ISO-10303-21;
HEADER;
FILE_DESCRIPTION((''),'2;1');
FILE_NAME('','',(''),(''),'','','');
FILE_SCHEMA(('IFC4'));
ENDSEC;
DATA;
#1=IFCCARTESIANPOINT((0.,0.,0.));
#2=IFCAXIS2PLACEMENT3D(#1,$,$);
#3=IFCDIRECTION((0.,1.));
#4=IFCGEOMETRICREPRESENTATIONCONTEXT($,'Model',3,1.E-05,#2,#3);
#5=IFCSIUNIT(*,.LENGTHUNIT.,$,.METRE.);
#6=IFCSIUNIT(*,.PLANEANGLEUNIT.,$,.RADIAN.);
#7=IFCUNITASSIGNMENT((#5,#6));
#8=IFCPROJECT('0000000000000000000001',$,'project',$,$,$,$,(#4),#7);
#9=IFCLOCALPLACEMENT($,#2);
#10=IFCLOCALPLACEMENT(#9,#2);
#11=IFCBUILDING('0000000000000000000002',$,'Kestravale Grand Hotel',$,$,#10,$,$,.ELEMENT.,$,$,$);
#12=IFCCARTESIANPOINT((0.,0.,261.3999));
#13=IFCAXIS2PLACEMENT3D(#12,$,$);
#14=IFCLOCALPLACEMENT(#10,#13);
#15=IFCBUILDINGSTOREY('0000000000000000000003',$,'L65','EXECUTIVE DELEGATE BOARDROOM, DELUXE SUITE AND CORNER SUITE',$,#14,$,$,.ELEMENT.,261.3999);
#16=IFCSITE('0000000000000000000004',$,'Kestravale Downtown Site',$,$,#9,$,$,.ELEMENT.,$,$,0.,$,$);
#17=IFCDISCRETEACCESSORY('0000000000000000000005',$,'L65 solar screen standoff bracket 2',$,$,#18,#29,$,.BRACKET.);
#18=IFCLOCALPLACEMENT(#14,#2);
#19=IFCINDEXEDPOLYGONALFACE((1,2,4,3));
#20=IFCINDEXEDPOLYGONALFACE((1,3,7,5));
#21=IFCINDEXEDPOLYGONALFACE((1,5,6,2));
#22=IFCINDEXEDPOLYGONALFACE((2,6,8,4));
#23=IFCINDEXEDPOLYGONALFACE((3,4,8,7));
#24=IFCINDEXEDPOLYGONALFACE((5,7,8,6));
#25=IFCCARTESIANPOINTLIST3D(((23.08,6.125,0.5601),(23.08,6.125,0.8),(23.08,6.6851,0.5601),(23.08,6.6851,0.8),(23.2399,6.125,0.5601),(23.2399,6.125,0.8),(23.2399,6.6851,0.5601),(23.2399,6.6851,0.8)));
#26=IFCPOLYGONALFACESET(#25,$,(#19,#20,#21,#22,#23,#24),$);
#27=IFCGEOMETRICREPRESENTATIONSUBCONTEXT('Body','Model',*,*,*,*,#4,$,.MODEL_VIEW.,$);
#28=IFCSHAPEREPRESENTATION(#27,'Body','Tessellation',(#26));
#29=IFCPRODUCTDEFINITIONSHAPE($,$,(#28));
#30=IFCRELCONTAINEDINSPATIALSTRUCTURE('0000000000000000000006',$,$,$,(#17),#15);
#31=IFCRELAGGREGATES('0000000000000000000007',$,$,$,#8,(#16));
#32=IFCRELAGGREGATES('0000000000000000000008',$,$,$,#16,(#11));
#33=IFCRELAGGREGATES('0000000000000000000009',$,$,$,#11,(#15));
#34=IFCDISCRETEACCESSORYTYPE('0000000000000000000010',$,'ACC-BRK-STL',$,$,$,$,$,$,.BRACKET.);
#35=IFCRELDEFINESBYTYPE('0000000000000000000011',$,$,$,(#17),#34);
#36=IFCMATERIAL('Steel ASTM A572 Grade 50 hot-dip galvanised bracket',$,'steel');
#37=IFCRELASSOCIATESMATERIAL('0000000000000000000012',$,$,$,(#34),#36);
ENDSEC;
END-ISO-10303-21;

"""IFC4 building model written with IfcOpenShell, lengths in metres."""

from ifc_helpers import new_model, si_unit, direction, frame, origin, origin_2d, place, context, subcontext, project, spatial, rectangle, extrude, material, type_object, element, save


model = new_model("IFC4")

# Units and contexts
model_context = context("Model", 3, precision=1e-05, world=origin(), true_north=direction((0.0, 1.0)))
body_context = subcontext(model_context, "Body", "Model", "MODEL_VIEW")
ifc_project = project(units=[si_unit("LENGTHUNIT", "METRE"), si_unit("PLANEANGLEUNIT", "RADIAN")], contexts=[model_context])

# Site, building, storey
site_placement = place(None, origin())
site = spatial("IfcSite", under=ifc_project, at=site_placement, Name="Kestravale Downtown Site", CompositionType="ELEMENT", RefElevation=0.0)
building_placement = place(site_placement, origin())
building = spatial("IfcBuilding", under=site, at=building_placement, Name="Kestravale Grand Hotel", CompositionType="ELEMENT")
storey_placement = place(building_placement, frame((0.0, 0.0, 261.3999)))
storey = spatial("IfcBuildingStorey", under=building, at=storey_placement, Name="L65", Description="EXECUTIVE DELEGATE BOARDROOM, DELUXE SUITE AND CORNER SUITE", CompositionType="ELEMENT", Elevation=261.3999)

# Discrete accessory
ifc_material_1 = material(Name="Steel ASTM A572 Grade 50 hot-dip galvanised bracket", Category="steel")
discrete_accessory_type = type_object("IfcDiscreteAccessoryType", Name="ACC-BRK-STL", PredefinedType="BRACKET", material=ifc_material_1)
discrete_accessory_placement = place(storey_placement, frame((23.1599, 6.405, 0.5601), z_axis=(0.0, 0.0, 1.0), x_axis=(1.0, 0.0, 0.0)))
element("IfcDiscreteAccessory", 1, at=discrete_accessory_placement, inside=storey, type_object=discrete_accessory_type, Name="L65 solar screen standoff bracket 2", PredefinedType="BRACKET", context=body_context, shape_type="SweptSolid", body=[
    extrude(rectangle(XDim=0.1599, YDim=0.5601, at=origin_2d()), origin(), (0.0, 0.0, 1.0), 0.24),
])

save(model, "model.ifc")
